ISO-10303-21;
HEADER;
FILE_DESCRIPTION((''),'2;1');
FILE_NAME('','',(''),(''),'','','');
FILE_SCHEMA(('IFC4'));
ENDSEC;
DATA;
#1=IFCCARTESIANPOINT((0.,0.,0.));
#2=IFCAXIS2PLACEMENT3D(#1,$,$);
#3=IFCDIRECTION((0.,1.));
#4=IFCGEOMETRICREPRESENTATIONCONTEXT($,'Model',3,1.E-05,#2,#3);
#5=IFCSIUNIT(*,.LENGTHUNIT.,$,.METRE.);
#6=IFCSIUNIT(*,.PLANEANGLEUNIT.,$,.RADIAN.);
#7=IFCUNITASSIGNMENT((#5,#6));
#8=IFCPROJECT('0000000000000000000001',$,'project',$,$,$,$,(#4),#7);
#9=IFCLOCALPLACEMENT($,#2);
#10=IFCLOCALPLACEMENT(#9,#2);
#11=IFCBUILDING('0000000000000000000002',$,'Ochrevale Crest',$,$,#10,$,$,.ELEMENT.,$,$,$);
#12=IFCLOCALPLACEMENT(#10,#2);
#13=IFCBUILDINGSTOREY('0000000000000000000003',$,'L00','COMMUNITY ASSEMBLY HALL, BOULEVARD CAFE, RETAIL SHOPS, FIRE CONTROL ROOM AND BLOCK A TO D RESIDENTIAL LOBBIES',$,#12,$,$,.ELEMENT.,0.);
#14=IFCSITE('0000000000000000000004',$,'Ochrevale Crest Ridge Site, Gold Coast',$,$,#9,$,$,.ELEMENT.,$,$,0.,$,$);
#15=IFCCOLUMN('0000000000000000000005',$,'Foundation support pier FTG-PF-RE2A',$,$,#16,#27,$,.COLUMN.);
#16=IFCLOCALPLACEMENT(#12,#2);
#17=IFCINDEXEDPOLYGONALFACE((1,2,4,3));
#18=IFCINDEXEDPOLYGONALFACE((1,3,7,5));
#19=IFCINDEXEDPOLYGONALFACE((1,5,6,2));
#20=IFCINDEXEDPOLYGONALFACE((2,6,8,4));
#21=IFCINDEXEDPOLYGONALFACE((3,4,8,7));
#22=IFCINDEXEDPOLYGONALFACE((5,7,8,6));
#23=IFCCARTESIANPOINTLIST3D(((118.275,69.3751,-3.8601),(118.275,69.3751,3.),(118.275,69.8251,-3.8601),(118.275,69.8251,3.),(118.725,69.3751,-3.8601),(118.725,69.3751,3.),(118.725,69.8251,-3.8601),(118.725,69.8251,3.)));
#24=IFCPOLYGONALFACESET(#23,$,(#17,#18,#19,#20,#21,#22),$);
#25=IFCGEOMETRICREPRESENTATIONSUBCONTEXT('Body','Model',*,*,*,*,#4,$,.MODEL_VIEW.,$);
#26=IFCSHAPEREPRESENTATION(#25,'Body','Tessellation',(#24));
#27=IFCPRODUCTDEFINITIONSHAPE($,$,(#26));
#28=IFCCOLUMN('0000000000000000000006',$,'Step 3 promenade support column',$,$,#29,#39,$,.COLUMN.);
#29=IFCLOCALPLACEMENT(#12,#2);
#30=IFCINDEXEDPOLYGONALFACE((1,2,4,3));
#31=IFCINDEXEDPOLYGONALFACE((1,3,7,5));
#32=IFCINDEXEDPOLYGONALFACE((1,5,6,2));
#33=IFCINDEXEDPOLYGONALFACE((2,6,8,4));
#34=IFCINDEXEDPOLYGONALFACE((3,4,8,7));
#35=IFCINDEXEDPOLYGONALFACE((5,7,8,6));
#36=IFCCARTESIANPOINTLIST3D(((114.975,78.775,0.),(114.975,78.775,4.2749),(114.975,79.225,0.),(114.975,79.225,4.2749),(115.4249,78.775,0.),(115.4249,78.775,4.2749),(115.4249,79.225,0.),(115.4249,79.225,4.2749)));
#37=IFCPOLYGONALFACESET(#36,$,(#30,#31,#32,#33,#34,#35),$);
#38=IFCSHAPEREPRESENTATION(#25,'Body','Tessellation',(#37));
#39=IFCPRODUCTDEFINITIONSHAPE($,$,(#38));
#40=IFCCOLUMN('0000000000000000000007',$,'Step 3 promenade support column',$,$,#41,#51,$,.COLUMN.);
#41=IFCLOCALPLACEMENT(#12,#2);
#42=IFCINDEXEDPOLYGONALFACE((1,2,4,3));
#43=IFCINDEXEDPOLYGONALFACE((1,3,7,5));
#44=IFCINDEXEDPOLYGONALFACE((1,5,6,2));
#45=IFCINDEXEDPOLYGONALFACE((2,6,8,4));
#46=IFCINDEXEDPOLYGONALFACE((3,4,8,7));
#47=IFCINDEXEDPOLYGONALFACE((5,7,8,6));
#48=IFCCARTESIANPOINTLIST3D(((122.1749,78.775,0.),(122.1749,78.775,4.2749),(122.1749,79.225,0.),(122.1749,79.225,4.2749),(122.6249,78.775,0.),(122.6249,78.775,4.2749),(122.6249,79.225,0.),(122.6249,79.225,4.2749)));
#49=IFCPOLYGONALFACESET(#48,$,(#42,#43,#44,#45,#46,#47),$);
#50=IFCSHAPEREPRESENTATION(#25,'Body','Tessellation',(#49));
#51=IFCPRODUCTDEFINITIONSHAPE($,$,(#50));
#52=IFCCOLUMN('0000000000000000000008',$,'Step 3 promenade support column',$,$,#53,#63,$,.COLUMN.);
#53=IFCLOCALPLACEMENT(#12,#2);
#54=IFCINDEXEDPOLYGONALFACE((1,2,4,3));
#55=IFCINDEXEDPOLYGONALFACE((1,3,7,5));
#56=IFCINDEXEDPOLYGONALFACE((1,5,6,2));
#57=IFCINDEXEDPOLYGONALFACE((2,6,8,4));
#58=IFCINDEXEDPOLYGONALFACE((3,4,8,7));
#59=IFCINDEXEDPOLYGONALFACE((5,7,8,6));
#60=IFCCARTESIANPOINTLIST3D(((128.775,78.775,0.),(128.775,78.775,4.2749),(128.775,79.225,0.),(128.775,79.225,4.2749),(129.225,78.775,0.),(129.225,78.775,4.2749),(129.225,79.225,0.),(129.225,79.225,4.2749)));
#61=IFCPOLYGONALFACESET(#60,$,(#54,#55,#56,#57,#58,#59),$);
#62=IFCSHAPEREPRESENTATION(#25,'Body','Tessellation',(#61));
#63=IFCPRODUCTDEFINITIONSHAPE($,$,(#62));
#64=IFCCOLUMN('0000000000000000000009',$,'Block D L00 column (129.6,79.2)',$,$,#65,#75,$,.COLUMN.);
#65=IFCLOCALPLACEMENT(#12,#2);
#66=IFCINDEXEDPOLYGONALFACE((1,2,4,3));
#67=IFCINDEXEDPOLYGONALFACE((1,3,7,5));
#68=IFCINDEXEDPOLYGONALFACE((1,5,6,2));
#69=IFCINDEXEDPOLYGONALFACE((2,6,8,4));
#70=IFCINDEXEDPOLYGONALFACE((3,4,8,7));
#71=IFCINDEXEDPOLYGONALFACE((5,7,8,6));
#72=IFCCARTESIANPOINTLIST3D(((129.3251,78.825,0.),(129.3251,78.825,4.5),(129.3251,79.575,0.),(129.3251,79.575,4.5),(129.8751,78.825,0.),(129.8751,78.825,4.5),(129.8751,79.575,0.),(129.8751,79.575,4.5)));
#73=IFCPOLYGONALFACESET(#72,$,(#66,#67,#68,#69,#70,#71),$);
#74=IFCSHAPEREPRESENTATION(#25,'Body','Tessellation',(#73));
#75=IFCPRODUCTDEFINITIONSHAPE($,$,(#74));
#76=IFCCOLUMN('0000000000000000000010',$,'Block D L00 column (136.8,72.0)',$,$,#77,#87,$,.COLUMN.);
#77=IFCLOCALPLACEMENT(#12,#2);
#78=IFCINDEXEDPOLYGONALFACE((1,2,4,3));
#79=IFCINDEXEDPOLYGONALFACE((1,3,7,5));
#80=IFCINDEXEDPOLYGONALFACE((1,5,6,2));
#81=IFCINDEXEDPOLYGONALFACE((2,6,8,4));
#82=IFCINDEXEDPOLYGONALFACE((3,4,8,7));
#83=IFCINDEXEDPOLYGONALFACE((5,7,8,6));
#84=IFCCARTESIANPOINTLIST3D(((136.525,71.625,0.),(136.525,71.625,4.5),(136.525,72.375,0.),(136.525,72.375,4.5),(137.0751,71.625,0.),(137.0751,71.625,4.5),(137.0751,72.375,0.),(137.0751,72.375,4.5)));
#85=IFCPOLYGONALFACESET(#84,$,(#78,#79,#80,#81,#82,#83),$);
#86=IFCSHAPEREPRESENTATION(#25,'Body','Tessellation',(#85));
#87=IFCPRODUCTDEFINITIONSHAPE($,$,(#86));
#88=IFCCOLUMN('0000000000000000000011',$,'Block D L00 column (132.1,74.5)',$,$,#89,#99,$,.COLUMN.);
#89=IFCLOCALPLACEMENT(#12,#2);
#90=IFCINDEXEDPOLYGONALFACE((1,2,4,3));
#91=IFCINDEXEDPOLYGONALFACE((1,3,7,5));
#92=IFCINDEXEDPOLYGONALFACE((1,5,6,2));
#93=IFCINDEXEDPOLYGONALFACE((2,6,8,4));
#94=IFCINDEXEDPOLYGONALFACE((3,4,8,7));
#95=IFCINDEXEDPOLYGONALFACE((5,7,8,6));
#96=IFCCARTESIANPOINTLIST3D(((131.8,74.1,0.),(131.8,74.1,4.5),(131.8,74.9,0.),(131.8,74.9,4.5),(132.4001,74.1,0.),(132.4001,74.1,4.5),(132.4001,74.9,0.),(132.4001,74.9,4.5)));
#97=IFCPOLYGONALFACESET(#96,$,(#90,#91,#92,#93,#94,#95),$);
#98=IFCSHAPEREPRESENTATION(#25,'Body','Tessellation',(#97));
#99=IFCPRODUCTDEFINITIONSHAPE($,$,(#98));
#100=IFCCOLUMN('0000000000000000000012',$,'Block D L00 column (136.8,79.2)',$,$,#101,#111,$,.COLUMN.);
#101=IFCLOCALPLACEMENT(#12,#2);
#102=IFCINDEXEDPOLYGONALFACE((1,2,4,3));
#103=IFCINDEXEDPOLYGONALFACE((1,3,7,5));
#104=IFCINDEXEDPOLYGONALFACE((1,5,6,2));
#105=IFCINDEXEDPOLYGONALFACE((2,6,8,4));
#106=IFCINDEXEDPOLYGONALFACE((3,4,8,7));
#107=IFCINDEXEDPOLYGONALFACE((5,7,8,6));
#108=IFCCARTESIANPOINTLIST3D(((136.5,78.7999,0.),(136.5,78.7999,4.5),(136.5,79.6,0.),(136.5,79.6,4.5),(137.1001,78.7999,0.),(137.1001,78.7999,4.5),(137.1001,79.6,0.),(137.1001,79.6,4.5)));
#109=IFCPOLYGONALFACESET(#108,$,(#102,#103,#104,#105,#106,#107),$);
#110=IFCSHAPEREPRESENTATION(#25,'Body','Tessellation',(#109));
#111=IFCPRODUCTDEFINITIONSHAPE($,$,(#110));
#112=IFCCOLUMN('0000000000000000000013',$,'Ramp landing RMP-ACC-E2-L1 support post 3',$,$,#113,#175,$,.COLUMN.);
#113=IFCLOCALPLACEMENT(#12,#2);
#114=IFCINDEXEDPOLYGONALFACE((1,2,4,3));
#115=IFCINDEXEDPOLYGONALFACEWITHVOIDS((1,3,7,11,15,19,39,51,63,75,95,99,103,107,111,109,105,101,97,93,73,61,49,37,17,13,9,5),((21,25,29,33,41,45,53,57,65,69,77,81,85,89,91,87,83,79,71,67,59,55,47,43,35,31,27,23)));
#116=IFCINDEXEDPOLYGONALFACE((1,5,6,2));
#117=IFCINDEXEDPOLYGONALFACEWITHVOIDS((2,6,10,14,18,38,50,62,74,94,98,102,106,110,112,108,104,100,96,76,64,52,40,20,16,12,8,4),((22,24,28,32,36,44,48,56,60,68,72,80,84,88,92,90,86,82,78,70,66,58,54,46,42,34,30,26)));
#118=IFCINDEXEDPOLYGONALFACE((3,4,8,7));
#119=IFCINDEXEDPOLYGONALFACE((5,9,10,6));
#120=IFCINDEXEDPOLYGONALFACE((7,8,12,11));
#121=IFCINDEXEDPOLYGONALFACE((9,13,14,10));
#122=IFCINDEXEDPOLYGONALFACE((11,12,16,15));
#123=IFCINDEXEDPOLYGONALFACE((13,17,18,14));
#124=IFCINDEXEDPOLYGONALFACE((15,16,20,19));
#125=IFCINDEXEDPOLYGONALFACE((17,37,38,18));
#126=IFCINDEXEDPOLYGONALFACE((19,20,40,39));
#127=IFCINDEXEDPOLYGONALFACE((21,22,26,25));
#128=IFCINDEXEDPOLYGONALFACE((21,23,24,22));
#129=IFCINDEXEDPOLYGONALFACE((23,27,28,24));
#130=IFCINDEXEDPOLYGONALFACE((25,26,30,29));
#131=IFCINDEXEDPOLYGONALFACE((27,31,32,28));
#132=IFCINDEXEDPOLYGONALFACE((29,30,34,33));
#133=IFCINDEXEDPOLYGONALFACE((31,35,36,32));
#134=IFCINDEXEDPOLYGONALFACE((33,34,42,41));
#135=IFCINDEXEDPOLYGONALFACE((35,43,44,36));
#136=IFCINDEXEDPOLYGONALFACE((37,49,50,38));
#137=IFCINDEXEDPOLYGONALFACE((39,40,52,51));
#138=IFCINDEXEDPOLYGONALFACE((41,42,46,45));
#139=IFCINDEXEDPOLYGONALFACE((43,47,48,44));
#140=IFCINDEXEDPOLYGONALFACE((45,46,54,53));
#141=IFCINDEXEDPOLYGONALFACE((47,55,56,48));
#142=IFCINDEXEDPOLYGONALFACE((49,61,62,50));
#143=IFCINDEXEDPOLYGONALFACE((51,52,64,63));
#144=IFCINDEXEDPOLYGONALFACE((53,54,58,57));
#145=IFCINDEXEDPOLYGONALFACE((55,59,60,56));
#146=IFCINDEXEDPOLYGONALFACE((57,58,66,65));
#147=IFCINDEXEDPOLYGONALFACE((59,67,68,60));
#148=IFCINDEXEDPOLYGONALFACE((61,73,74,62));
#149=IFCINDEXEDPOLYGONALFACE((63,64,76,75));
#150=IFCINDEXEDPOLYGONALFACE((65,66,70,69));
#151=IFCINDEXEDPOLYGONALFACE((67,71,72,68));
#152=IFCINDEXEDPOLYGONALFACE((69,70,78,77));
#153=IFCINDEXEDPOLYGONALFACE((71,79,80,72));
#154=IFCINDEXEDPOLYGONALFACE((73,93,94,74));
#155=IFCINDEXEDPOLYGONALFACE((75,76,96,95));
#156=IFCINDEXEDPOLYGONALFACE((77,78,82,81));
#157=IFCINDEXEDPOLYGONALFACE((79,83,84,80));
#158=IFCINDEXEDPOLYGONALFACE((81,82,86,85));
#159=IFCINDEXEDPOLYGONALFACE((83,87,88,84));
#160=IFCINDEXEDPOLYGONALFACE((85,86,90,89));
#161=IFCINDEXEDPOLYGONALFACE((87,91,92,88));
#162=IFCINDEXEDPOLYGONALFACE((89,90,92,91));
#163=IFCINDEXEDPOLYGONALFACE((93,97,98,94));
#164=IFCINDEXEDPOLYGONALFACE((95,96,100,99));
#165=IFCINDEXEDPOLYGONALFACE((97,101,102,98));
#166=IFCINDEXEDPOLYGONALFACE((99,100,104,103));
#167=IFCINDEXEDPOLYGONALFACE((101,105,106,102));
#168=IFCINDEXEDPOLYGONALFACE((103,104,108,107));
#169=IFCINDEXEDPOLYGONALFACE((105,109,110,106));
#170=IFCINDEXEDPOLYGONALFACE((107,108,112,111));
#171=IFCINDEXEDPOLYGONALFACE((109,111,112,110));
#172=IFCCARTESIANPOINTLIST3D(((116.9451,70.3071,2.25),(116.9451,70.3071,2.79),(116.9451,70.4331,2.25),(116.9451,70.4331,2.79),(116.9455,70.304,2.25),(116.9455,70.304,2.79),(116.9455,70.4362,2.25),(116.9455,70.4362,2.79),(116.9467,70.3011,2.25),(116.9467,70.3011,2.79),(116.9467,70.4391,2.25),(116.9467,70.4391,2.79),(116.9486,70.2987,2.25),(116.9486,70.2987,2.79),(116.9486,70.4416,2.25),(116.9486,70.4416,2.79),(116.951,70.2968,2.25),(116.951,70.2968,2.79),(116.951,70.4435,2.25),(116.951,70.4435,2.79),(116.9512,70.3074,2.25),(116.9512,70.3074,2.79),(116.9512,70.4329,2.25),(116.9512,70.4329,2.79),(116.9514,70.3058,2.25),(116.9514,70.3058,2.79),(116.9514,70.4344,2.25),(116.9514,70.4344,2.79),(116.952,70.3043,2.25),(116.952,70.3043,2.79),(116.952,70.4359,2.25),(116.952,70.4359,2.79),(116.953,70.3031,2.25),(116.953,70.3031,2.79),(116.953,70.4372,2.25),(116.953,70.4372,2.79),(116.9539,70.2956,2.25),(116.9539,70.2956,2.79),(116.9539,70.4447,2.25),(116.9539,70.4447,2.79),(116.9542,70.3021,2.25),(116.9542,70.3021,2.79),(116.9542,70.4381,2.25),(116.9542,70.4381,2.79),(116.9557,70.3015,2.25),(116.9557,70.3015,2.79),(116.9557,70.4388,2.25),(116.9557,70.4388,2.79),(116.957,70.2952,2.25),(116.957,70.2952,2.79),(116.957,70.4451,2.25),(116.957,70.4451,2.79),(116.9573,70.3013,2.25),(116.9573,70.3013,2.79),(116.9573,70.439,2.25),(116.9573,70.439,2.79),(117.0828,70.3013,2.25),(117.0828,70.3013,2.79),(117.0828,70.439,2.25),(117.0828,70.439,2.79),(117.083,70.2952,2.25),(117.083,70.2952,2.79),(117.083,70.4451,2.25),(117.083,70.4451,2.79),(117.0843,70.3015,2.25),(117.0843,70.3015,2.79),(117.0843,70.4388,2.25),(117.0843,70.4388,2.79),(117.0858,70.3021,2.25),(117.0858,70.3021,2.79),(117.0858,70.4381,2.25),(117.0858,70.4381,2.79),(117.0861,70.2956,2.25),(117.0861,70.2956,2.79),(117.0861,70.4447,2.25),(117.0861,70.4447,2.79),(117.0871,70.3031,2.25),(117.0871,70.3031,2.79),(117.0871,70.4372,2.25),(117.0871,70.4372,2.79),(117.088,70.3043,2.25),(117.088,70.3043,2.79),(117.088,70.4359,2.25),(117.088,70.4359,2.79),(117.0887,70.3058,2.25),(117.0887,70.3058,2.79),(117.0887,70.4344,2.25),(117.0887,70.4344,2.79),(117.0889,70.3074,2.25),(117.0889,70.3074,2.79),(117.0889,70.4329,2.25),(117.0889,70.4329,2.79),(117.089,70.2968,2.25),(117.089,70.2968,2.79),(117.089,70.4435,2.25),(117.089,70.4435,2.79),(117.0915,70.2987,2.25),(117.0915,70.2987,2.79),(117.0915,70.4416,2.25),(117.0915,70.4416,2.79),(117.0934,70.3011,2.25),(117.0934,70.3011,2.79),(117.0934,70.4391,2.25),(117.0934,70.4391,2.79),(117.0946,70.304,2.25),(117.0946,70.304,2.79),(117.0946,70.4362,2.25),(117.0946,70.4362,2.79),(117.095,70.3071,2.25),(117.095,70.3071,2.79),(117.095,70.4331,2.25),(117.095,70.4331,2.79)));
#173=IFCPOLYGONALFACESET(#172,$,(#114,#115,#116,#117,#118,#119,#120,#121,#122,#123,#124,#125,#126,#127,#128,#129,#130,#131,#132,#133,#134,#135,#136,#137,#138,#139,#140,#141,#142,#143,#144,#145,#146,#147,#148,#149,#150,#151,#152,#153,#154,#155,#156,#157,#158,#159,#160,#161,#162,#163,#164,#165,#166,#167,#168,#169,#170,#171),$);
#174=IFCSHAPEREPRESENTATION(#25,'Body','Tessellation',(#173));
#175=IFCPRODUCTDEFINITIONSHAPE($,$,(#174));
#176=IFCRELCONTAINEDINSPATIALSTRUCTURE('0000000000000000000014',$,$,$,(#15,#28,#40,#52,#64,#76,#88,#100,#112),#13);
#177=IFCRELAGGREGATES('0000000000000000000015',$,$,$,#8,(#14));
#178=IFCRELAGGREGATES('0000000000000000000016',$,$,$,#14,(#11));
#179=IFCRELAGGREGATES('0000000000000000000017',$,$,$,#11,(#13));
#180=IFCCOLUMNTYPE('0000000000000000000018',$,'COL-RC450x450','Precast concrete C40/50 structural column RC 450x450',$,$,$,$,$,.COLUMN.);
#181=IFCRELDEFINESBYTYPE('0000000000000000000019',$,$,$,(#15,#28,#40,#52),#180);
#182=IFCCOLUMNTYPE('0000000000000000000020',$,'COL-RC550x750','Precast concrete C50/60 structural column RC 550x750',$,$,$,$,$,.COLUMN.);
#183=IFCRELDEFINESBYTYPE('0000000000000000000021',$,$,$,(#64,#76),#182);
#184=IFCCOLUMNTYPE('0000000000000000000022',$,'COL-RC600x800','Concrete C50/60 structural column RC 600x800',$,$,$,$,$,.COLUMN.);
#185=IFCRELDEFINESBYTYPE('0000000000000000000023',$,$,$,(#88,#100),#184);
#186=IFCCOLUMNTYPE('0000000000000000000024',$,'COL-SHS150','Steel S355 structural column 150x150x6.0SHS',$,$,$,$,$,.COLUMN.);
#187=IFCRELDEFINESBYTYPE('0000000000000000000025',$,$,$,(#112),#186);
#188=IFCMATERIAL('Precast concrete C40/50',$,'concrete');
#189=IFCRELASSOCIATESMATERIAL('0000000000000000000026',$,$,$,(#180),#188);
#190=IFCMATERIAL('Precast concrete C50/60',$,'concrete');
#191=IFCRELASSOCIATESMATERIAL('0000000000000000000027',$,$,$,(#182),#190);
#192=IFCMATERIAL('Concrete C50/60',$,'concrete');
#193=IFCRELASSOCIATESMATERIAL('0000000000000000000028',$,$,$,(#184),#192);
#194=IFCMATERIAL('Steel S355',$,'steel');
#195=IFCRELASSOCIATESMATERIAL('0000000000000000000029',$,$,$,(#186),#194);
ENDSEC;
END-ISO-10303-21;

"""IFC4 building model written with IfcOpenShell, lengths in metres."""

from ifc_helpers import new_model, si_unit, direction, frame, origin, origin_2d, place, context, subcontext, project, spatial, rectangle, hollow_rectangle, extrude, material, material_profile, profile_set, type_object, element, save


model = new_model("IFC4")

# Units and contexts
model_context = context("Model", 3, precision=1e-05, world=origin(), true_north=direction((0.0, 1.0)))
body_context = subcontext(model_context, "Body", "Model", "MODEL_VIEW")
ifc_project = project(units=[si_unit("LENGTHUNIT", "METRE"), si_unit("PLANEANGLEUNIT", "RADIAN")], contexts=[model_context])

# Site, building, storey
site_placement = place(None, origin())
site = spatial("IfcSite", under=ifc_project, at=site_placement, Name="Ochrevale Crest Ridge Site, Gold Coast", CompositionType="ELEMENT", RefElevation=0.0)
building_placement = place(site_placement, origin())
building = spatial("IfcBuilding", under=site, at=building_placement, Name="Ochrevale Crest", CompositionType="ELEMENT")
storey_placement = place(building_placement, origin())
storey = spatial("IfcBuildingStorey", under=building, at=storey_placement, Name="L00", Description="COMMUNITY ASSEMBLY HALL, BOULEVARD CAFE, RETAIL SHOPS, FIRE CONTROL ROOM AND BLOCK A TO D RESIDENTIAL LOBBIES", CompositionType="ELEMENT", Elevation=0.0)

# Columns
ifc_material_1 = material(Name="Precast concrete C40/50", Category="concrete")
ifc_material_profile_1 = material_profile(ifc_material_1, rectangle(XDim=0.45, YDim=0.45, at=origin_2d()), Name="RC 450x450")
ifc_profile_set_1 = profile_set([ifc_material_profile_1], Name="Precast concrete C40/50")
column_type_1 = type_object("IfcColumnType", Name="COL-RC450x450", Description="Precast concrete C40/50 structural column RC 450x450", PredefinedType="COLUMN", material=ifc_profile_set_1)
column_placement = place(storey_placement, frame((118.5, 69.6001, -3.8601), z_axis=(0.0, 0.0, 1.0), x_axis=(1.0, 0.0, 0.0)))
element("IfcColumn", 1, at=column_placement, inside=storey, type_object=column_type_1, Name="Foundation support pier FTG-PF-RE2A", PredefinedType="COLUMN", context=body_context, shape_type="SweptSolid", body=[
    extrude(rectangle(XDim=0.45, YDim=0.45, at=origin_2d()), origin(), (0.0, 0.0, 1.0), 6.8601),
])
for number, where, z_axis, x_axis, name in (
    (2, (115.2, 79.0, 0.0), (0.0, 0.0, 1.0), (1.0, 0.0, 0.0), "Step 3 promenade support column"),
    (3, (122.3999, 79.0, 0.0), (0.0, 0.0, 1.0), (1.0, 0.0, 0.0), "Step 3 promenade support column"),
    (4, (129.0, 79.0, 0.0), (0.0, 0.0, 1.0), (1.0, 0.0, 0.0), "Step 3 promenade support column"),
):
    element("IfcColumn", number, at=place(storey_placement, frame(where, z_axis=z_axis, x_axis=x_axis)), inside=storey, type_object=column_type_1, Name=name, PredefinedType="COLUMN", context=body_context, shape_type="SweptSolid", body=[
        extrude(rectangle(XDim=0.45, YDim=0.45, at=origin_2d()), origin(), (0.0, 0.0, 1.0), 4.2749),
    ])
ifc_material_2 = material(Name="Precast concrete C50/60", Category="concrete")
ifc_material_profile_2 = material_profile(ifc_material_2, rectangle(XDim=0.55, YDim=0.75, at=origin_2d()), Name="RC 550x750")
ifc_profile_set_2 = profile_set([ifc_material_profile_2], Name="Precast concrete C50/60")
column_type_2 = type_object("IfcColumnType", Name="COL-RC550x750", Description="Precast concrete C50/60 structural column RC 550x750", PredefinedType="COLUMN", material=ifc_profile_set_2)
for number, where, z_axis, x_axis, name in (
    (5, (129.6001, 79.2, 0.0), (0.0, 0.0, 1.0), (1.0, 0.0, 0.0), "Block D L00 column (129.6,79.2)"),
    (6, (136.8, 72.0, 0.0), (0.0, 0.0, 1.0), (1.0, 0.0, 0.0), "Block D L00 column (136.8,72.0)"),
):
    element("IfcColumn", number, at=place(storey_placement, frame(where, z_axis=z_axis, x_axis=x_axis)), inside=storey, type_object=column_type_2, Name=name, PredefinedType="COLUMN", context=body_context, shape_type="SweptSolid", body=[
        extrude(rectangle(XDim=0.55, YDim=0.75, at=origin_2d()), origin(), (0.0, 0.0, 1.0), 4.5),
    ])
ifc_material_3 = material(Name="Concrete C50/60", Category="concrete")
ifc_material_profile_3 = material_profile(ifc_material_3, rectangle(XDim=0.6001, YDim=0.8, at=origin_2d()), Name="RC 600x800")
ifc_profile_set_3 = profile_set([ifc_material_profile_3], Name="Concrete C50/60")
column_type_3 = type_object("IfcColumnType", Name="COL-RC600x800", Description="Concrete C50/60 structural column RC 600x800", PredefinedType="COLUMN", material=ifc_profile_set_3)
for number, where, z_axis, x_axis, name in (
    (7, (132.1001, 74.5, 0.0), (0.0, 0.0, 1.0), (1.0, 0.0, 0.0), "Block D L00 column (132.1,74.5)"),
    (8, (136.8, 79.2, 0.0), (0.0, 0.0, 1.0), (1.0, 0.0, 0.0), "Block D L00 column (136.8,79.2)"),
):
    element("IfcColumn", number, at=place(storey_placement, frame(where, z_axis=z_axis, x_axis=x_axis)), inside=storey, type_object=column_type_3, Name=name, PredefinedType="COLUMN", context=body_context, shape_type="SweptSolid", body=[
        extrude(rectangle(XDim=0.6001, YDim=0.8, at=origin_2d()), origin(), (0.0, 0.0, 1.0), 4.5),
    ])
ifc_material_4 = material(Name="Steel S355", Category="steel")
ifc_material_profile_4 = material_profile(ifc_material_4, hollow_rectangle(XDim=0.1499, YDim=0.1499, WallThickness=0.0061, InnerFilletRadius=0.0061, OuterFilletRadius=0.012, at=origin_2d()), Name="150x150x6.0SHS")
ifc_profile_set_4 = profile_set([ifc_material_profile_4], Name="Steel S355")
column_type_4 = type_object("IfcColumnType", Name="COL-SHS150", Description="Steel S355 structural column 150x150x6.0SHS", PredefinedType="COLUMN", material=ifc_profile_set_4)
for number, where, z_axis, x_axis, name in (
    (9, (117.02, 70.3701, 2.25), (0.0, 0.0, 1.0), (1.0, 0.0, 0.0), "Ramp landing RMP-ACC-E2-L1 support post 3"),
):
    element("IfcColumn", number, at=place(storey_placement, frame(where, z_axis=z_axis, x_axis=x_axis)), inside=storey, type_object=column_type_4, Name=name, PredefinedType="COLUMN", context=body_context, shape_type="SweptSolid", body=[
        extrude(hollow_rectangle(XDim=0.1499, YDim=0.1499, WallThickness=0.0061, InnerFilletRadius=0.0061, OuterFilletRadius=0.012, at=origin_2d()), origin(), (0.0, 0.0, 1.0), 0.54),
    ])

save(model, "model.ifc")
